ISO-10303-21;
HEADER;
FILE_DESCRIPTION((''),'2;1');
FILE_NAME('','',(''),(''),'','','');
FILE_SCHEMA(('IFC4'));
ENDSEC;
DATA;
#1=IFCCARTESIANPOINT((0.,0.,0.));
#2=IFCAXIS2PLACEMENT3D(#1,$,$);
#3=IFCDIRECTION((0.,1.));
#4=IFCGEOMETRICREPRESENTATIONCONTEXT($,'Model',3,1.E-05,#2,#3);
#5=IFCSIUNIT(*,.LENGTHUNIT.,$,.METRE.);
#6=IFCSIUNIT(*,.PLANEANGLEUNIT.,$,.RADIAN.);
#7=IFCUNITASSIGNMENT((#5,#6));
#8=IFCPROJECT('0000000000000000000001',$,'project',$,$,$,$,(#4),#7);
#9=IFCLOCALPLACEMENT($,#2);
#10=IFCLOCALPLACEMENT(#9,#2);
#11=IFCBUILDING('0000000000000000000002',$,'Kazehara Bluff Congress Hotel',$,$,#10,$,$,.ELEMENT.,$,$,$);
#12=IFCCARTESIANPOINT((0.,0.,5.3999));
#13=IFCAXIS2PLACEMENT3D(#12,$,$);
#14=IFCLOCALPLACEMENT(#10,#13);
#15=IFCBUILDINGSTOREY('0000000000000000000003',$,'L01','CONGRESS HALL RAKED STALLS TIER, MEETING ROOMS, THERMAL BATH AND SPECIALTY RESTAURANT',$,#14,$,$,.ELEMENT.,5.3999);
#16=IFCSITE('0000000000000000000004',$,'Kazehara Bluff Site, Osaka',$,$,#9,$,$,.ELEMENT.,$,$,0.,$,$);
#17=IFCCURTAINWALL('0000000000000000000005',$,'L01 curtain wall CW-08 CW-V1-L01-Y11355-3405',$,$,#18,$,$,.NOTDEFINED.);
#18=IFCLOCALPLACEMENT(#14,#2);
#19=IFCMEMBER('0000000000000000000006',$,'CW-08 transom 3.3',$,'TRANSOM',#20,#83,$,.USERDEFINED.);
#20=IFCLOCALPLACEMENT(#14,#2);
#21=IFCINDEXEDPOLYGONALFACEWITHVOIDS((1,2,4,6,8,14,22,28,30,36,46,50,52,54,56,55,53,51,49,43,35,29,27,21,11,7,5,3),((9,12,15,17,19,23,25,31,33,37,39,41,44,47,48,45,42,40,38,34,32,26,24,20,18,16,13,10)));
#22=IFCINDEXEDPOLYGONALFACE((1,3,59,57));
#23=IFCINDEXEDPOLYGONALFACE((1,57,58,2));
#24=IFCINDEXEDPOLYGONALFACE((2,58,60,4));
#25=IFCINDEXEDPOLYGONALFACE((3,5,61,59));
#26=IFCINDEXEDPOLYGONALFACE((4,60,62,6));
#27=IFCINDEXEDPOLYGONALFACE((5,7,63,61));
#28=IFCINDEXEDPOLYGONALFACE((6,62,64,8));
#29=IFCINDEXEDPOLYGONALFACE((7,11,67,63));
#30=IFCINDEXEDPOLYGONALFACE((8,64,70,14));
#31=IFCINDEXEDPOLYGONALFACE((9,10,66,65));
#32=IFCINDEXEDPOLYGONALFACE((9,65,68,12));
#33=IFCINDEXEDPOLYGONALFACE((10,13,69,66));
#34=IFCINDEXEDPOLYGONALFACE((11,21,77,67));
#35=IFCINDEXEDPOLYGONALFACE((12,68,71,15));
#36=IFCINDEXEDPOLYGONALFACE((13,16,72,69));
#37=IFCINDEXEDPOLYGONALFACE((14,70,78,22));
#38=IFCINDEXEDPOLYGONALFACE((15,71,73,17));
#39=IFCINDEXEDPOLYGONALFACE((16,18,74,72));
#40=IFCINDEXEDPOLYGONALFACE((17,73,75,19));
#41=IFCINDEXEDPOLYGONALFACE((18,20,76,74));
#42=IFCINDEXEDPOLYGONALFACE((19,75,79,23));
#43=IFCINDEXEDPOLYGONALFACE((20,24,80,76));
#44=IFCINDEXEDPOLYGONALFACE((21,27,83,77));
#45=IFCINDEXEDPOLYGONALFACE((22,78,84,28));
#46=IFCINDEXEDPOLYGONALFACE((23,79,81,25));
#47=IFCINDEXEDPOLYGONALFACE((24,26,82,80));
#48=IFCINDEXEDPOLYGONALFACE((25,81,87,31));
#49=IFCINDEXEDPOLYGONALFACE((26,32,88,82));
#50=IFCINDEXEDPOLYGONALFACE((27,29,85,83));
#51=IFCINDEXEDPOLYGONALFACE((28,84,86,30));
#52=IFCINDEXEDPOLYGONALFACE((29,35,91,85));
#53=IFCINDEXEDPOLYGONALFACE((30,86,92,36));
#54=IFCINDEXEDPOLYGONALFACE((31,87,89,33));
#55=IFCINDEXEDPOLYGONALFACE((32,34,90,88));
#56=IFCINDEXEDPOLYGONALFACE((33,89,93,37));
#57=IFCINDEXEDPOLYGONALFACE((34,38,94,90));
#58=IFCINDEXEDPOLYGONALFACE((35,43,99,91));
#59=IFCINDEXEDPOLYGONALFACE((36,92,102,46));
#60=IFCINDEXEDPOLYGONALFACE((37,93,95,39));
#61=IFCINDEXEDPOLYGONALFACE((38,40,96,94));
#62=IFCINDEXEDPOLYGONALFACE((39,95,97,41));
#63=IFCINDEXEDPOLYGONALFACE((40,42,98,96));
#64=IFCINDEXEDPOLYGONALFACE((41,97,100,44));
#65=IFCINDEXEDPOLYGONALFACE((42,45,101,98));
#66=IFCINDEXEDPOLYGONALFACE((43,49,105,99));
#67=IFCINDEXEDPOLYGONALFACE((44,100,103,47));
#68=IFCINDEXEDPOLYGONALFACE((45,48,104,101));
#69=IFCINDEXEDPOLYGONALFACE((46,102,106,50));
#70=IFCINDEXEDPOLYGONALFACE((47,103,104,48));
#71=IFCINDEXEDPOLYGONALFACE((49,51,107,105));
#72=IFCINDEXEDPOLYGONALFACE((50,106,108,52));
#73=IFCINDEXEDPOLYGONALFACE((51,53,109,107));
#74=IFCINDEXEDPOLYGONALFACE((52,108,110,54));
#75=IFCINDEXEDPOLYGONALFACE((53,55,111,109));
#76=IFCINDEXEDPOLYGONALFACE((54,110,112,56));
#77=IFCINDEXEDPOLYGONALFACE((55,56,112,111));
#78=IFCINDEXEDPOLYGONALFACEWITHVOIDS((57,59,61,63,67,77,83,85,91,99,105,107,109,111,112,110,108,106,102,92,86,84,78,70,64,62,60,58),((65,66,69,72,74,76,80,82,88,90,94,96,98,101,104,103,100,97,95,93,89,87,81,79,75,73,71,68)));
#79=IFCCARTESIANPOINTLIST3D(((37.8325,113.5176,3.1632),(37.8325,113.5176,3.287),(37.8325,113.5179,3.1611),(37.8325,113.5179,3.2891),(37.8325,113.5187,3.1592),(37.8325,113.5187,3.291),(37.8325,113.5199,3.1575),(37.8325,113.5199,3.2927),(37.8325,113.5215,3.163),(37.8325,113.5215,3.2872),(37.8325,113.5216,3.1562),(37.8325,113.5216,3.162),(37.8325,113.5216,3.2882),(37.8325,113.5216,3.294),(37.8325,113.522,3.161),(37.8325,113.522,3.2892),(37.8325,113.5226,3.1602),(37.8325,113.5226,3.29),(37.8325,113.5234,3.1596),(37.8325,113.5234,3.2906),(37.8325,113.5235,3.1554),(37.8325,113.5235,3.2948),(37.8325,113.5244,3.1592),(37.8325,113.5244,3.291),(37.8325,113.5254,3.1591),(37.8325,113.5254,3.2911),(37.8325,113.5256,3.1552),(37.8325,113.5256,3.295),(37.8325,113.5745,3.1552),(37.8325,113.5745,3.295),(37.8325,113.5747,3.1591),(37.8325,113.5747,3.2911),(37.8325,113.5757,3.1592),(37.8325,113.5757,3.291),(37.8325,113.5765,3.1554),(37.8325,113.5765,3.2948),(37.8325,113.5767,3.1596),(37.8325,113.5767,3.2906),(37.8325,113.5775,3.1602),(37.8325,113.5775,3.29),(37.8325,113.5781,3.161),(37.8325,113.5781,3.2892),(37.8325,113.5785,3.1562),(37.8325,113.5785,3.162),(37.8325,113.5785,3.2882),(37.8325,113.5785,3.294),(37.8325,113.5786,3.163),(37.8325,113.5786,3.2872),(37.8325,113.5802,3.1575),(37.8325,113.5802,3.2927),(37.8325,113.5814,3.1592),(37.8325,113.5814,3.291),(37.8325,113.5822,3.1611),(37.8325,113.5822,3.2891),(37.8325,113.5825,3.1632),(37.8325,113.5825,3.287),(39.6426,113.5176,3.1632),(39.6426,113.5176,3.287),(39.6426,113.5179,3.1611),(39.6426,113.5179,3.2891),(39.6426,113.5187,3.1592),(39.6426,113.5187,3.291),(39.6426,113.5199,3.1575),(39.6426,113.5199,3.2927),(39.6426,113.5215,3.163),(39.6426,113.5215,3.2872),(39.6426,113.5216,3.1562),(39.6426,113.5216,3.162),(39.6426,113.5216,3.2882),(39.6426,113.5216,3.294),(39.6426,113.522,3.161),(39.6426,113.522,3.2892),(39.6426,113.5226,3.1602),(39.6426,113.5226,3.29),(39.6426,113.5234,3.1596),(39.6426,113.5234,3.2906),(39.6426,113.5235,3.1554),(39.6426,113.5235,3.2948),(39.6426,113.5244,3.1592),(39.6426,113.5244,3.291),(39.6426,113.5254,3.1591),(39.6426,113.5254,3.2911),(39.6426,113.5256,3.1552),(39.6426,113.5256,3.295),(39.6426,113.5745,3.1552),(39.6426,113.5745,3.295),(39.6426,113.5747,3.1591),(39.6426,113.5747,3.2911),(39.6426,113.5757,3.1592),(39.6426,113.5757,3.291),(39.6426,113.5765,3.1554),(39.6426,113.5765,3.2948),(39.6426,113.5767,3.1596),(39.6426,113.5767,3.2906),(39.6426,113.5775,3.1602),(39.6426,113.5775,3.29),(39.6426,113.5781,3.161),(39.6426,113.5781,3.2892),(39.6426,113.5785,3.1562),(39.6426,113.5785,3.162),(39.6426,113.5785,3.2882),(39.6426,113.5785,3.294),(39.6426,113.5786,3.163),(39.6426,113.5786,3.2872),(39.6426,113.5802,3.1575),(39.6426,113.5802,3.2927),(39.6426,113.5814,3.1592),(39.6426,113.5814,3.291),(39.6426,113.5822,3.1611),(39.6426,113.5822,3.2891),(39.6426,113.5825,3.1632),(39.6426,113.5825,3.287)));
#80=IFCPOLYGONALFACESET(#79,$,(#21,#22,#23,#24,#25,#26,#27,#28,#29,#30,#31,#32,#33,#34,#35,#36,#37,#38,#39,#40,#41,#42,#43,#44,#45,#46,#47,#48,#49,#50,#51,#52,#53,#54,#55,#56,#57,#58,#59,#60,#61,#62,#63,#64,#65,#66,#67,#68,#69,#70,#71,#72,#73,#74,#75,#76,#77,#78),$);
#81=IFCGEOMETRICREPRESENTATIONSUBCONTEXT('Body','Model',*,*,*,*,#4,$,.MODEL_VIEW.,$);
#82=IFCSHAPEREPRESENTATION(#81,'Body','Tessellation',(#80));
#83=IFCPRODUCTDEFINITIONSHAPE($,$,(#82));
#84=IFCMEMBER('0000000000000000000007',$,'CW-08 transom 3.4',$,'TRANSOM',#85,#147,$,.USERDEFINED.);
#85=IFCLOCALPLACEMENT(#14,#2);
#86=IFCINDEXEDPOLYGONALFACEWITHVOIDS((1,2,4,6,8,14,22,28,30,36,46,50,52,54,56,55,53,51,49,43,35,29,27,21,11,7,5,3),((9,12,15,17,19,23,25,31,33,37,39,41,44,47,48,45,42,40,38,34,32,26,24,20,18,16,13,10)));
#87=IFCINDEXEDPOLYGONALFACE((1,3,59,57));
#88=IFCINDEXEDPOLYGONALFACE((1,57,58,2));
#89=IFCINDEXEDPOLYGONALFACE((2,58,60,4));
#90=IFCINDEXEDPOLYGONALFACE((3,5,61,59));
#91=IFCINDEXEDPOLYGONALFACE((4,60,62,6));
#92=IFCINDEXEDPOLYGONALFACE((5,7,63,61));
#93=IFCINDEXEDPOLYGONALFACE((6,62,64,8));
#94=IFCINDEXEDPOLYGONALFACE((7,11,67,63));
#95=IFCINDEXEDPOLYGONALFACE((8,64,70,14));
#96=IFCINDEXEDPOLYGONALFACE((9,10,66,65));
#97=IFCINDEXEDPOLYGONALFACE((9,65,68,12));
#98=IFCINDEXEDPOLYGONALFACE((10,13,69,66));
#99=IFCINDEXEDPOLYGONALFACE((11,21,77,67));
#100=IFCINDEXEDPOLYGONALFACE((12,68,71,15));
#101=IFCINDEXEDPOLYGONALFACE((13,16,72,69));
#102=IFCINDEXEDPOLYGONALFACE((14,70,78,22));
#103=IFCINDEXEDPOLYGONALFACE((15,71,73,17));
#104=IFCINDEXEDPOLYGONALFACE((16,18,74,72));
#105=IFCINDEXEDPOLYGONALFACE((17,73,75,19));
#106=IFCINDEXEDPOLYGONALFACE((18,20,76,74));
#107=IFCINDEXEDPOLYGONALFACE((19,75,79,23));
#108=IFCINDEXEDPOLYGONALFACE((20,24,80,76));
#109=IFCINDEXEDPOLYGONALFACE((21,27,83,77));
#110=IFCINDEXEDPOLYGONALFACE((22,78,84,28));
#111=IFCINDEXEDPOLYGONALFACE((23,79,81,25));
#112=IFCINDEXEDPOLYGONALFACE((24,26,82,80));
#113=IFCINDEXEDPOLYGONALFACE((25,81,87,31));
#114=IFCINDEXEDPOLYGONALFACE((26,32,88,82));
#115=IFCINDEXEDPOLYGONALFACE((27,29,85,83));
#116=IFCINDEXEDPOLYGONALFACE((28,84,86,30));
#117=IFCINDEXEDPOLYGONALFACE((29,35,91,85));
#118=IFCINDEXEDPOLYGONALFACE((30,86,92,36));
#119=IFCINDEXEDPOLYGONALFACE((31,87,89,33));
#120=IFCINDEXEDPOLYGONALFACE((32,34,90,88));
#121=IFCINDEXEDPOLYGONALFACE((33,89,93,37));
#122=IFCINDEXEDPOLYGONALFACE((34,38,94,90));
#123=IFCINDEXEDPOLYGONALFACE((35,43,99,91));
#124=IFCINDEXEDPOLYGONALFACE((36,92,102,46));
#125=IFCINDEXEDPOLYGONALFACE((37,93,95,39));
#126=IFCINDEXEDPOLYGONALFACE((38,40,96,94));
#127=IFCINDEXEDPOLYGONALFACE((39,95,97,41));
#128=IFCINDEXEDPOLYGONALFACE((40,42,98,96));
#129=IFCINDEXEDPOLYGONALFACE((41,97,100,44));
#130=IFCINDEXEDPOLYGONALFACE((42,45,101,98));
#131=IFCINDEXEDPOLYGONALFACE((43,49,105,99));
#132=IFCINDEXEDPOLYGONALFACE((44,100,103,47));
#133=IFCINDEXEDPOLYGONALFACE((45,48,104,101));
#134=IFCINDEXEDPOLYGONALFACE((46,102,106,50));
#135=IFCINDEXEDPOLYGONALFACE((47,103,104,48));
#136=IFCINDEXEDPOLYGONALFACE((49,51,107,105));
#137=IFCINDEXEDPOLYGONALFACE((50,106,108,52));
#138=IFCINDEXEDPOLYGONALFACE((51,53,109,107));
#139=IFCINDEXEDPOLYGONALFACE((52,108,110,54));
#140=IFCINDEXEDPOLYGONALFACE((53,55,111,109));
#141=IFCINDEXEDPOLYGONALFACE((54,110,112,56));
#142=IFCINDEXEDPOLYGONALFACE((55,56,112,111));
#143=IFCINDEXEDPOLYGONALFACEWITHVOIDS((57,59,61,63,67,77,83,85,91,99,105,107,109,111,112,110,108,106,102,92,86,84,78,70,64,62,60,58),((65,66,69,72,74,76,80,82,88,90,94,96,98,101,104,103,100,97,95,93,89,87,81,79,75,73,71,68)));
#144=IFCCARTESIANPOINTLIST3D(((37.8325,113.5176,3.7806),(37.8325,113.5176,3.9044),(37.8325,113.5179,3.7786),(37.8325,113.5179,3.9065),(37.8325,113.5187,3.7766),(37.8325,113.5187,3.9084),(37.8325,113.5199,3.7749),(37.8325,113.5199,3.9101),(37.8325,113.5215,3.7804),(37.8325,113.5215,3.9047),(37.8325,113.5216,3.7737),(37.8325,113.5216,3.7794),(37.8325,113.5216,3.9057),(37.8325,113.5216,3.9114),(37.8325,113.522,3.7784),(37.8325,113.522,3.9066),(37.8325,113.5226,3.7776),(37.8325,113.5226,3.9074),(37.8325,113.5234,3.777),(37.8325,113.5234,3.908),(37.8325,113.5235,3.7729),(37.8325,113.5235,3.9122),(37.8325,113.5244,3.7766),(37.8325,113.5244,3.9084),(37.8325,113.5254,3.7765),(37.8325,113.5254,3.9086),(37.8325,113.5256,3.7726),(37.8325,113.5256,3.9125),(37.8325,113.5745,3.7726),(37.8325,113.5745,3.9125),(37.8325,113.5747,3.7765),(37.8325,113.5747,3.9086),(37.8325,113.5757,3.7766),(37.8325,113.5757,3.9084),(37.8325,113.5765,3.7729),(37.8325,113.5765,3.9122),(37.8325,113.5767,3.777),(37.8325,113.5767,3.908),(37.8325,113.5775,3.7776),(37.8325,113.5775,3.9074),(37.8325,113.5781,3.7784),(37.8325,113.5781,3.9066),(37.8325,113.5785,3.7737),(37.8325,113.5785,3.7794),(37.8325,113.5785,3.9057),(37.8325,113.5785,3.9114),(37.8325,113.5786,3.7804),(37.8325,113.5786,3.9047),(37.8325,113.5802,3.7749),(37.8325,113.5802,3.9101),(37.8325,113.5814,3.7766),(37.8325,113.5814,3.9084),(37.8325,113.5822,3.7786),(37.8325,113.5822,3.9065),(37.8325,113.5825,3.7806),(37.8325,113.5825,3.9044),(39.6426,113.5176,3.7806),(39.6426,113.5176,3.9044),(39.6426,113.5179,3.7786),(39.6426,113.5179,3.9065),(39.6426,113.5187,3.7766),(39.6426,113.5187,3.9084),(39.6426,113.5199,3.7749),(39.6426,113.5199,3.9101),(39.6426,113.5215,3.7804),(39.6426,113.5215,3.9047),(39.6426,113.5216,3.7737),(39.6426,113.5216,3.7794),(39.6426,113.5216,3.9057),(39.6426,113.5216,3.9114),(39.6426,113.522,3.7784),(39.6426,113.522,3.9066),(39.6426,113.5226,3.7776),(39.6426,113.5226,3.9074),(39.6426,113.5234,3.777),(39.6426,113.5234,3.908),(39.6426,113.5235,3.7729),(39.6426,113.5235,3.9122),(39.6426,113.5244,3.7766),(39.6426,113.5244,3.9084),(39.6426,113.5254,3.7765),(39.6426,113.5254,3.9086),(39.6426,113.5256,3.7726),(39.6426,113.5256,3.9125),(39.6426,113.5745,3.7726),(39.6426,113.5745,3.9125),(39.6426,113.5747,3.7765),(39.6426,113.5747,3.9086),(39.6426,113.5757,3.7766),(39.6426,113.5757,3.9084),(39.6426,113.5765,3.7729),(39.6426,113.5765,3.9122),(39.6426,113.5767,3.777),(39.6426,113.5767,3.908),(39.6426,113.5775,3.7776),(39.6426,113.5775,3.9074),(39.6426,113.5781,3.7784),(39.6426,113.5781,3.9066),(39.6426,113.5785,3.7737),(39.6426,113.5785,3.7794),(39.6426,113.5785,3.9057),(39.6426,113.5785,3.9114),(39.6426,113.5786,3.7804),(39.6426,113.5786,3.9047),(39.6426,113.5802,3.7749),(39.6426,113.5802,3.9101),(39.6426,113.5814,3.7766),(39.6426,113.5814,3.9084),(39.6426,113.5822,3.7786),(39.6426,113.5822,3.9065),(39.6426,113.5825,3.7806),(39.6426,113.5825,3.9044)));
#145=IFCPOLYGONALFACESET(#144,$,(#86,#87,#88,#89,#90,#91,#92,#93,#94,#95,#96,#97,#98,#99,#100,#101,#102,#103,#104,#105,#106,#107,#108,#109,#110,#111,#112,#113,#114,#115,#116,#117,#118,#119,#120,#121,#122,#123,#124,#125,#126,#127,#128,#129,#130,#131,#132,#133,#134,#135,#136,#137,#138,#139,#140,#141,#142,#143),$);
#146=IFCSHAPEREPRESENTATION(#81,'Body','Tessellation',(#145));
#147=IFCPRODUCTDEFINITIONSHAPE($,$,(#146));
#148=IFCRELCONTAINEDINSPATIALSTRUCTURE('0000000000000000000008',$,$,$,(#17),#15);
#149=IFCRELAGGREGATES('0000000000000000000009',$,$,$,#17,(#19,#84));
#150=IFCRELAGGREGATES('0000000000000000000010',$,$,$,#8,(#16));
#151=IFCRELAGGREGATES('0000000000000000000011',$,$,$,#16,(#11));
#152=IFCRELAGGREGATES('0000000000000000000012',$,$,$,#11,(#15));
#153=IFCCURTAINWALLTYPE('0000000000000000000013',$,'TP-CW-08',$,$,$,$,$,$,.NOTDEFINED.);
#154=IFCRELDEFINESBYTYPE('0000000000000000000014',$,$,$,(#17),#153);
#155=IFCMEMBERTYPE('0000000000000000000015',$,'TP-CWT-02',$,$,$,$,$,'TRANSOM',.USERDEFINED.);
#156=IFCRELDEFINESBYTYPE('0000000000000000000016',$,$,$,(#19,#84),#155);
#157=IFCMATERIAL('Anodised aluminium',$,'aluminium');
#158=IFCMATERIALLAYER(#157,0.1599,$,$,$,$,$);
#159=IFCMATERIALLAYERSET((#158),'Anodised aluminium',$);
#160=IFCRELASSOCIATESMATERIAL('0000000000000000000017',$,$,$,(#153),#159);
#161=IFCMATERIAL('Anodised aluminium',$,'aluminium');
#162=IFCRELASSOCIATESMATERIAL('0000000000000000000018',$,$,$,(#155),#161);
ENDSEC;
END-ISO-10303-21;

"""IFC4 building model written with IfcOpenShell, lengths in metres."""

from ifc_helpers import new_model, si_unit, direction, frame, origin, origin_2d, place, context, subcontext, project, spatial, hollow_rectangle, extrude, material, layer, layer_set, material_profile, profile_set, type_object, element, aggregate, save


model = new_model("IFC4")

# Units and contexts
model_context = context("Model", 3, precision=1e-05, world=origin(), true_north=direction((0.0, 1.0)))
body_context = subcontext(model_context, "Body", "Model", "MODEL_VIEW")
ifc_project = project(units=[si_unit("LENGTHUNIT", "METRE"), si_unit("PLANEANGLEUNIT", "RADIAN")], contexts=[model_context])

# Site, building, storey
site_placement = place(None, origin())
site = spatial("IfcSite", under=ifc_project, at=site_placement, Name="Kazehara Bluff Site, Osaka", CompositionType="ELEMENT", RefElevation=0.0)
building_placement = place(site_placement, origin())
building = spatial("IfcBuilding", under=site, at=building_placement, Name="Kazehara Bluff Congress Hotel", CompositionType="ELEMENT")
storey_placement = place(building_placement, frame((0.0, 0.0, 5.3999)))
storey = spatial("IfcBuildingStorey", under=building, at=storey_placement, Name="L01", Description="CONGRESS HALL RAKED STALLS TIER, MEETING ROOMS, THERMAL BATH AND SPECIALTY RESTAURANT", CompositionType="ELEMENT", Elevation=5.3999)

# Curtain wall
ifc_material_1 = material(Name="Anodised aluminium", Category="aluminium")
ifc_layer_1 = layer(ifc_material_1, 0.1599)
ifc_layer_set_1 = layer_set([ifc_layer_1], Name="Anodised aluminium")
curtain_wall_type_1 = type_object("IfcCurtainWallType", Name="TP-CW-08", PredefinedType="NOTDEFINED", material=ifc_layer_set_1)
curtain_wall_1_placement = place(storey_placement, origin())
curtain_wall_1 = element("IfcCurtainWall", 1, at=curtain_wall_1_placement, inside=storey, type_object=curtain_wall_type_1, Name="L01 curtain wall CW-08 CW-V1-L01-Y11355-3405", PredefinedType="NOTDEFINED")

# Members
ifc_material_2 = material(Name="Anodised aluminium", Category="aluminium")
ifc_material_profile_1 = material_profile(ifc_material_2, hollow_rectangle(XDim=0.0649, YDim=0.1399, WallThickness=0.0039, InnerFilletRadius=0.0039, OuterFilletRadius=0.0081, at=origin_2d()))
ifc_profile_set_1 = profile_set([ifc_material_profile_1], Name="Anodised aluminium")
member_type_1 = type_object("IfcMemberType", Name="TP-CWT-02", ElementType="TRANSOM", PredefinedType="USERDEFINED", material=ifc_profile_set_1)
member_1_placement = place(storey_placement, frame((37.8325, 113.55, 3.2251), z_axis=(1.0, 0.0, 0.0), x_axis=(0.0, 1.0, 0.0)))
member_1 = element("IfcMember", 2, at=member_1_placement, type_object=member_type_1, Name="CW-08 transom 3.3", ObjectType="TRANSOM", PredefinedType="USERDEFINED", context=body_context, shape_type="SweptSolid", body=[
    extrude(hollow_rectangle(XDim=0.0649, YDim=0.1399, WallThickness=0.0039, InnerFilletRadius=0.0039, OuterFilletRadius=0.0081, at=origin_2d()), origin(), (0.0, 0.0, 1.0), 1.8101),
])
member_2_placement = place(storey_placement, frame((37.8325, 113.55, 3.8425), z_axis=(1.0, 0.0, 0.0), x_axis=(0.0, 1.0, 0.0)))
member_2 = element("IfcMember", 3, at=member_2_placement, type_object=member_type_1, Name="CW-08 transom 3.4", ObjectType="TRANSOM", PredefinedType="USERDEFINED", context=body_context, shape_type="SweptSolid", body=[
    extrude(hollow_rectangle(XDim=0.0649, YDim=0.1399, WallThickness=0.0039, InnerFilletRadius=0.0039, OuterFilletRadius=0.0081, at=origin_2d()), origin(), (0.0, 0.0, 1.0), 1.8101),
])

aggregate(curtain_wall_1, [member_1, member_2])

save(model, "model.ifc")
